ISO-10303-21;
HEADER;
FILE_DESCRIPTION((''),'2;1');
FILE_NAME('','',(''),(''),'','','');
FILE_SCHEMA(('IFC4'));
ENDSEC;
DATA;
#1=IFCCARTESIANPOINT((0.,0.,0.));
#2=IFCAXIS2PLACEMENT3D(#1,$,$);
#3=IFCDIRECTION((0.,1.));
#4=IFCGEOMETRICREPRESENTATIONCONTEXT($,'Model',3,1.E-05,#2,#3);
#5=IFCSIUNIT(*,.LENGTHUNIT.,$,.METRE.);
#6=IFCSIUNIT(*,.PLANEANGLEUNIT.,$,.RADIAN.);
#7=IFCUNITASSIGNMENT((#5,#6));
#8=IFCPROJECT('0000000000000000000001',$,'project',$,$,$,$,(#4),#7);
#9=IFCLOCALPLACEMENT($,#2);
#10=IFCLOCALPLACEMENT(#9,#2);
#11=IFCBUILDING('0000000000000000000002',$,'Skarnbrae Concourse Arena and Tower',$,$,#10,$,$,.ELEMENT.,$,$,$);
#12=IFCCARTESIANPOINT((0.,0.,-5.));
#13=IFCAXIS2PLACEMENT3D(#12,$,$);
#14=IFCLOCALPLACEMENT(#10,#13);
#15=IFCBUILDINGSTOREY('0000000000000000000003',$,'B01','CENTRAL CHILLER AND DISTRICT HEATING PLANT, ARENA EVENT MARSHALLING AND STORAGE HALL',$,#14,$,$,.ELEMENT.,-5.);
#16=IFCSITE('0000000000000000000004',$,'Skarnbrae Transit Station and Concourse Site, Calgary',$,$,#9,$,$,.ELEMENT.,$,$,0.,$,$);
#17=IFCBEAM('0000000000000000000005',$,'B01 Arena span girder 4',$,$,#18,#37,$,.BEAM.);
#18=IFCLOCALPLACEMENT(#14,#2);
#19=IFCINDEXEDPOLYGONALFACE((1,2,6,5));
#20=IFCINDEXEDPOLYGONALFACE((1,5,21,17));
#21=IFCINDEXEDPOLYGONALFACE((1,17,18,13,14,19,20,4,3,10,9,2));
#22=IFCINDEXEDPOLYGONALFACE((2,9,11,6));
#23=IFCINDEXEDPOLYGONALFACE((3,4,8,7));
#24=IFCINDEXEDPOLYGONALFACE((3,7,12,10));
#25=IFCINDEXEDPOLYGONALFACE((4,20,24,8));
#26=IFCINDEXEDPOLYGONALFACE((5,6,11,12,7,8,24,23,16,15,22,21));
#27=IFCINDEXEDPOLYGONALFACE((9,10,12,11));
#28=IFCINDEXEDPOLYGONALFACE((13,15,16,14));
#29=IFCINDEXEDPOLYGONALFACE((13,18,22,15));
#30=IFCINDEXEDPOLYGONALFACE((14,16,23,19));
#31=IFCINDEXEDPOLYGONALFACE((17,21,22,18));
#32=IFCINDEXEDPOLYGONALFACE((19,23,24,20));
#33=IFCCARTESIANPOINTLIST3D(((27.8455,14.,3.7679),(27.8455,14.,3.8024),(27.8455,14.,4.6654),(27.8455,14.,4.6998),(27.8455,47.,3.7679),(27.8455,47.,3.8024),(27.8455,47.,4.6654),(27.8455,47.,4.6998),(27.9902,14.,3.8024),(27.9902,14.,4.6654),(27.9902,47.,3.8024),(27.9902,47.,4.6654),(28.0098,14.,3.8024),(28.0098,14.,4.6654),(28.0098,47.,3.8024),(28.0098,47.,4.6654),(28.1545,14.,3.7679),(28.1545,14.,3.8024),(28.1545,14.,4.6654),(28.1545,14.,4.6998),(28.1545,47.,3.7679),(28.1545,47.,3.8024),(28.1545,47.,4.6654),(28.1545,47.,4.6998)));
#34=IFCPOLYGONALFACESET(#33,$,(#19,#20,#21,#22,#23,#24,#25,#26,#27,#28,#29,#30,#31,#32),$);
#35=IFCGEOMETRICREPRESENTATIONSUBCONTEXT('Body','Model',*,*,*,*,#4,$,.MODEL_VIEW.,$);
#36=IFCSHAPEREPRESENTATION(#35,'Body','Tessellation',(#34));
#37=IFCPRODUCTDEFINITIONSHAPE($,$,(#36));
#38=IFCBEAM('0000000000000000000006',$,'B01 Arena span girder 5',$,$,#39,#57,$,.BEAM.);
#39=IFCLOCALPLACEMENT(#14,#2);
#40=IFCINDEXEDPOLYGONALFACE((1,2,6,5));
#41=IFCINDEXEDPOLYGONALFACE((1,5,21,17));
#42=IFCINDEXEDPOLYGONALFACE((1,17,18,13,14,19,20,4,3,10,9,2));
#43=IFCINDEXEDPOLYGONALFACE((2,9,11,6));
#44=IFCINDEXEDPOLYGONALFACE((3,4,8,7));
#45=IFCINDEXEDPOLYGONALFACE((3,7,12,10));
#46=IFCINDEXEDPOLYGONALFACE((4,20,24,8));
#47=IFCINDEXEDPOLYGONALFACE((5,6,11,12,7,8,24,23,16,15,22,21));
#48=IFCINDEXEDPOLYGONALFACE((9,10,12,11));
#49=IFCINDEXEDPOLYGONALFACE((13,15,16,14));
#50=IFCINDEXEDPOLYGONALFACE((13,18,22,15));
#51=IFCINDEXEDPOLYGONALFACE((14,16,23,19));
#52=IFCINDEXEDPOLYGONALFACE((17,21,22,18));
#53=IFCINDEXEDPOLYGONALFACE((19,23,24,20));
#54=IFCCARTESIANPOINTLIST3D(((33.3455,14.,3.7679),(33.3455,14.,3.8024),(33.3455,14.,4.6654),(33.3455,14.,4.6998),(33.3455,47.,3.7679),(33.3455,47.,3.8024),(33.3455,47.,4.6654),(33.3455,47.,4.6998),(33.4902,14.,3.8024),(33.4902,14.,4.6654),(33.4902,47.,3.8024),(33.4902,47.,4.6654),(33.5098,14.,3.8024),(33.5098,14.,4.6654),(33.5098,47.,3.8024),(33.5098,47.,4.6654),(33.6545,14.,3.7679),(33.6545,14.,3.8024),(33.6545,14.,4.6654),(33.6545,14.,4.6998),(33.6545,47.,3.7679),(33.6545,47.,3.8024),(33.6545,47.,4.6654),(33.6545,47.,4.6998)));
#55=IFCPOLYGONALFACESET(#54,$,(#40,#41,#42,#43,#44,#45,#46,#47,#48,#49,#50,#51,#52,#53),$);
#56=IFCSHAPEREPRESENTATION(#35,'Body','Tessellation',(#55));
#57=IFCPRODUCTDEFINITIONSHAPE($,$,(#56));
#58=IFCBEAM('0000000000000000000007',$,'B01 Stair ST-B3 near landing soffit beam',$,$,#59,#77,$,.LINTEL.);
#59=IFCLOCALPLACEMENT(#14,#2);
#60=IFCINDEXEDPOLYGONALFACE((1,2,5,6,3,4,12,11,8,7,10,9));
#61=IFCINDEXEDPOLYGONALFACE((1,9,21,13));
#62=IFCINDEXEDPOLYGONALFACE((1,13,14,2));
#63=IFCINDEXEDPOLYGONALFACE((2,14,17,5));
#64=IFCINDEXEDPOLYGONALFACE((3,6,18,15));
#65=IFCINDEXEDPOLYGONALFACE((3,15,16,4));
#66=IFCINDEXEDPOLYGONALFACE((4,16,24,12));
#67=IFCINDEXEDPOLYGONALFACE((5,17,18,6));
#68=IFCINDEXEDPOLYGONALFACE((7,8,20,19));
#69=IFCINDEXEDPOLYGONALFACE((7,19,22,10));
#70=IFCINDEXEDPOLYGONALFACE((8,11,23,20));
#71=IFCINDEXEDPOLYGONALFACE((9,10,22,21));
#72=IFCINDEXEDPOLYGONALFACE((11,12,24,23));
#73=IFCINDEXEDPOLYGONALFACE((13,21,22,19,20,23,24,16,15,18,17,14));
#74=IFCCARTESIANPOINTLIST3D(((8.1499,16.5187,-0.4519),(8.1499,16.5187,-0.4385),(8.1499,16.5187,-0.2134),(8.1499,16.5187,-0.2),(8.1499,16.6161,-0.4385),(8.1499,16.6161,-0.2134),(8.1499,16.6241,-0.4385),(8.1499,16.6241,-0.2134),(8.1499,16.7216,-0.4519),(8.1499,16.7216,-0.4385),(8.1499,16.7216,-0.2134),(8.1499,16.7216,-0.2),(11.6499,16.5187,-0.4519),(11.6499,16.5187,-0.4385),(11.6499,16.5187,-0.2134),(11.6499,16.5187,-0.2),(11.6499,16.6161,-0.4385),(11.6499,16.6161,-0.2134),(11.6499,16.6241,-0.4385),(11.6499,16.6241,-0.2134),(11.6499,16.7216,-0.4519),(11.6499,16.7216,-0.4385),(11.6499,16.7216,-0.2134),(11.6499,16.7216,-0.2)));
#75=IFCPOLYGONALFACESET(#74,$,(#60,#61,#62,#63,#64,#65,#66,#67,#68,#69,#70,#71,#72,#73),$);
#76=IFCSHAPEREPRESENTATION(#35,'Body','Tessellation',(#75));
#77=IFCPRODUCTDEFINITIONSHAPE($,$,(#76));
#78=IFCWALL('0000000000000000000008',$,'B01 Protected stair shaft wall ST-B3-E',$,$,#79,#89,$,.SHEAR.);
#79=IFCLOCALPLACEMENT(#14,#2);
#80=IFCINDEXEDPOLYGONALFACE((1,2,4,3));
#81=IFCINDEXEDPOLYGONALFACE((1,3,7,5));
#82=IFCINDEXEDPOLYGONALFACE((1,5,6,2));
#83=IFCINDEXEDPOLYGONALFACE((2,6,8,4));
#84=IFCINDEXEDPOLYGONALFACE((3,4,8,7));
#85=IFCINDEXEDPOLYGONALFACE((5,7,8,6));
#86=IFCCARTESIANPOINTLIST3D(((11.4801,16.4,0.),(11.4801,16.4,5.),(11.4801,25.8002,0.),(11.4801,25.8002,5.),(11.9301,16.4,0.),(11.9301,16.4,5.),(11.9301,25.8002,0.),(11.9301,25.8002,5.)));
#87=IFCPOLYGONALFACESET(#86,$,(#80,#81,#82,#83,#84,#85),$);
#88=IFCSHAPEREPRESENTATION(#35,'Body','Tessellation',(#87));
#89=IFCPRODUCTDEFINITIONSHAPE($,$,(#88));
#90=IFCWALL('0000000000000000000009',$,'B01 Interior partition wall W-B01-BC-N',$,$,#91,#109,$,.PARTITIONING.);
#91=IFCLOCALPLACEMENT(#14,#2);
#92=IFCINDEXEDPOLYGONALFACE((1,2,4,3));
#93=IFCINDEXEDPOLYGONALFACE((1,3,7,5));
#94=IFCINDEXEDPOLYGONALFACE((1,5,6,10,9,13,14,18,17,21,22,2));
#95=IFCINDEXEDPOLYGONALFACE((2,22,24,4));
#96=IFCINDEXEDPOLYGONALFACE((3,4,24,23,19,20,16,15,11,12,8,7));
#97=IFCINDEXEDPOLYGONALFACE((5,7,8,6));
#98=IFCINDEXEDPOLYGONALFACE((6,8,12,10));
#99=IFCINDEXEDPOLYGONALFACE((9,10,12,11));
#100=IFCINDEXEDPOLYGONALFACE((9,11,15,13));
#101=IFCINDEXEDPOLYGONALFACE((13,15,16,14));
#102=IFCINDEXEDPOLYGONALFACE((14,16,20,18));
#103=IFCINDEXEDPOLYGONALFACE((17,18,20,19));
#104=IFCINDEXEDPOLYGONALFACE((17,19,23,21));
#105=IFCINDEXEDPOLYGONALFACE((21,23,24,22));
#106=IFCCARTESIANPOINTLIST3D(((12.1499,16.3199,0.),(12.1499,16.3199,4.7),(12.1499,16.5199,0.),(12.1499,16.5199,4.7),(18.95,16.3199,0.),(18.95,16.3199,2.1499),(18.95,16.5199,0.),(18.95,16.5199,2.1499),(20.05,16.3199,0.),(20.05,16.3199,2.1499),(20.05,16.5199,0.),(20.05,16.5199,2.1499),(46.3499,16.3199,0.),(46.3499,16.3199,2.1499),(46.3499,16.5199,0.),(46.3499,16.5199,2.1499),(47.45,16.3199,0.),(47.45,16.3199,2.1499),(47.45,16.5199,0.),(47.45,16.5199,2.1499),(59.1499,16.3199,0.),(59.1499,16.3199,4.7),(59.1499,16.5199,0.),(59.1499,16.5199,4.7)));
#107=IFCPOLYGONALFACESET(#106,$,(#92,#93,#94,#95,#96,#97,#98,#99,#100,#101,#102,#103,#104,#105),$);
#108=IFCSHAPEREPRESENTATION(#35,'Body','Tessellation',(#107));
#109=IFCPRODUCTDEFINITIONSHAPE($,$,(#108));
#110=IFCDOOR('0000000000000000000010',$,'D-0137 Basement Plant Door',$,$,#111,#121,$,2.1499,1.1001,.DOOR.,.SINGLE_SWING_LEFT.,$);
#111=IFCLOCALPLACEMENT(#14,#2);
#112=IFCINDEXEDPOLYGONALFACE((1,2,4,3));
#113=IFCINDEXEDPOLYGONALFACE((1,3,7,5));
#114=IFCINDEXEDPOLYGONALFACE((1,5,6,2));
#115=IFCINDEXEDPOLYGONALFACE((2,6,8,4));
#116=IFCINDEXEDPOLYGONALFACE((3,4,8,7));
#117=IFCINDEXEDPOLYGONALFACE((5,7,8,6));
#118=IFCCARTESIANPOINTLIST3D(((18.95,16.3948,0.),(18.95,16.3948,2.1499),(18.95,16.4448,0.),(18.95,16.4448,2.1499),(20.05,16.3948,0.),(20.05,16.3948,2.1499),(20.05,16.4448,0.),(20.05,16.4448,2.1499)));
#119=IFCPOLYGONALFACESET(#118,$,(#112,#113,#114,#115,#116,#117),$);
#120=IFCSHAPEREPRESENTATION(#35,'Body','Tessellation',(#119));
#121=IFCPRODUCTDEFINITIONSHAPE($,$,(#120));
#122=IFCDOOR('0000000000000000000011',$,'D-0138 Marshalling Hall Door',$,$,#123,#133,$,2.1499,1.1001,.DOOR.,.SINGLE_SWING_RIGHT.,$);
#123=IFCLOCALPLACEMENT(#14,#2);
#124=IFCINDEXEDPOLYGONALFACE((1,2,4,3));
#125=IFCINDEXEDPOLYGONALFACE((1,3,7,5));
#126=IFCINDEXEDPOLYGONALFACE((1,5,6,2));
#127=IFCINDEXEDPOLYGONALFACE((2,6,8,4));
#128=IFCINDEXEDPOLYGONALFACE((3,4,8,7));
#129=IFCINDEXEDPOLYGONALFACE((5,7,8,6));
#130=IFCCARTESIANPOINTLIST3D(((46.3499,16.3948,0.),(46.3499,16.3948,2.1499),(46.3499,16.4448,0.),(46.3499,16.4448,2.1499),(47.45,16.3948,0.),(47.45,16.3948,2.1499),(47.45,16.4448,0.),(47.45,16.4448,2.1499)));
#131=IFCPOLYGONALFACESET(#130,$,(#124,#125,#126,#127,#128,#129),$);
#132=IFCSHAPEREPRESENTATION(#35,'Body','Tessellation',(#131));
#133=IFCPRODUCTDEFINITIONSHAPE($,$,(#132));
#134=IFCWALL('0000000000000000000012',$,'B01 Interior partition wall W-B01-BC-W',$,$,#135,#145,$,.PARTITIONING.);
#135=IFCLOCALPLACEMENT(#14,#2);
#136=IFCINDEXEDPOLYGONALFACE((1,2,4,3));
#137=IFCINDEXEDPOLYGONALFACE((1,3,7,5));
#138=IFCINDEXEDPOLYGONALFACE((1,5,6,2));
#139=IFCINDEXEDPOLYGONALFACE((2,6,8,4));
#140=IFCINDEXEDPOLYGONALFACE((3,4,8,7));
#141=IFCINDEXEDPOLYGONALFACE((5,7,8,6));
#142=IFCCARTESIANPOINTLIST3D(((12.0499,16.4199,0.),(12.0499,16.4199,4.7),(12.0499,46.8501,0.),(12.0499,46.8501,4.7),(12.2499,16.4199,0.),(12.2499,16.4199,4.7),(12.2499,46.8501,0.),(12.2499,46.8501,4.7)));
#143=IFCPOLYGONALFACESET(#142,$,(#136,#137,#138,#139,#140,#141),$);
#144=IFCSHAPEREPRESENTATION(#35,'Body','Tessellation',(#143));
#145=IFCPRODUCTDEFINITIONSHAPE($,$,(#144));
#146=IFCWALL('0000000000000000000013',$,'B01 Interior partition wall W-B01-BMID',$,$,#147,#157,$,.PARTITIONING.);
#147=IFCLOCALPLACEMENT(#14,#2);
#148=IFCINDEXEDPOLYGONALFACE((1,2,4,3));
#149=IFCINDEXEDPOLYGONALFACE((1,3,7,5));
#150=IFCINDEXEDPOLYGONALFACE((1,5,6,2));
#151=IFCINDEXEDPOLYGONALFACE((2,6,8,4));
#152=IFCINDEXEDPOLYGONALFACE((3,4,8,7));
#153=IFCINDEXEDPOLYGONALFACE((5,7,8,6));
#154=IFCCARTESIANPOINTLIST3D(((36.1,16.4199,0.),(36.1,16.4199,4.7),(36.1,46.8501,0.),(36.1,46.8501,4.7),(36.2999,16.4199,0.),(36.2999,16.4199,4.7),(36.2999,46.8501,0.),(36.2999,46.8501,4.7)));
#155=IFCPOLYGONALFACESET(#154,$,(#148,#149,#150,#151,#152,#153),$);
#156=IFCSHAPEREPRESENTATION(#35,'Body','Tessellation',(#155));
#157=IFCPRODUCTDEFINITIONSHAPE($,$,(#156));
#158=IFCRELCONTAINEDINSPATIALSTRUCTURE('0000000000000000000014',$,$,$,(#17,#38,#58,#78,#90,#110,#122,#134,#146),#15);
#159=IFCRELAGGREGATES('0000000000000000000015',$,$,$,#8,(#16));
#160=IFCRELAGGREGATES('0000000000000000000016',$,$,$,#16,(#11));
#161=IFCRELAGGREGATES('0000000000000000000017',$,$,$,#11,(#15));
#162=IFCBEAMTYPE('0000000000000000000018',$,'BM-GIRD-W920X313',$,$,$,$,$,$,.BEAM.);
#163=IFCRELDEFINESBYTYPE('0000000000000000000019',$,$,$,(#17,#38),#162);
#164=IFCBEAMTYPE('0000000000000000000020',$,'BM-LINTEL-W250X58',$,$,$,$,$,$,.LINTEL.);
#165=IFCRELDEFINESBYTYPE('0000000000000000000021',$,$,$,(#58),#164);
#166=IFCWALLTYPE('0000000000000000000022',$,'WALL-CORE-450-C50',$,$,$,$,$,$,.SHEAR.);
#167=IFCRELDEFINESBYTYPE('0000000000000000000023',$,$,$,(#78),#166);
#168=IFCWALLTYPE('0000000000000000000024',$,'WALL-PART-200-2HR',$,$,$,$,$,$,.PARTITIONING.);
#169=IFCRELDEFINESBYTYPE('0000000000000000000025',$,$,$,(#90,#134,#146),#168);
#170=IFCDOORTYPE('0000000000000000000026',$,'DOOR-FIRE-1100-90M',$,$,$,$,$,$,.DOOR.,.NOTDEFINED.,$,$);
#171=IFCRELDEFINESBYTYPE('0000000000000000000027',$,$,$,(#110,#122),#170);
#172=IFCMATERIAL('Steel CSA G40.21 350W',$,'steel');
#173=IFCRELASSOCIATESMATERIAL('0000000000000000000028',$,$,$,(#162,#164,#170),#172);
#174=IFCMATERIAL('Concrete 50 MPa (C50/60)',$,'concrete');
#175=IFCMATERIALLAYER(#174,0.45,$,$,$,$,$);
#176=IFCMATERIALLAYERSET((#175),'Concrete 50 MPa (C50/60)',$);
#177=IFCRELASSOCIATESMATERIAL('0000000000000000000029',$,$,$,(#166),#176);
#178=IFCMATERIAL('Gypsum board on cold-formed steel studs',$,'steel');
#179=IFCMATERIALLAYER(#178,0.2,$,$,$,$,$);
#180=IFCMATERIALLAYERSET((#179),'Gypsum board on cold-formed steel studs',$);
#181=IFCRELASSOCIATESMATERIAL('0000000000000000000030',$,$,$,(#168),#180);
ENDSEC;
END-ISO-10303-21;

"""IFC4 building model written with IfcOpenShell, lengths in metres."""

from ifc_helpers import new_model, si_unit, direction, frame, frame_2d, origin, origin_2d, place, context, subcontext, project, spatial, rectangle, i_section, extrude, source, transform, mapped, material, layer, layer_set, material_profile, profile_set, type_object, element, fill, save


model = new_model("IFC4")

# Units and contexts
model_context = context("Model", 3, precision=1e-05, world=origin(), true_north=direction((0.0, 1.0)))
body_context = subcontext(model_context, "Body", "Model", "MODEL_VIEW")
ifc_project = project(units=[si_unit("LENGTHUNIT", "METRE"), si_unit("PLANEANGLEUNIT", "RADIAN")], contexts=[model_context])

# Site, building, storey
site_placement = place(None, origin())
site = spatial("IfcSite", under=ifc_project, at=site_placement, Name="Skarnbrae Transit Station and Concourse Site, Calgary", CompositionType="ELEMENT", RefElevation=0.0)
building_placement = place(site_placement, origin())
building = spatial("IfcBuilding", under=site, at=building_placement, Name="Skarnbrae Concourse Arena and Tower", CompositionType="ELEMENT")
storey_placement = place(building_placement, frame((0.0, 0.0, -5.0)))
storey = spatial("IfcBuildingStorey", under=building, at=storey_placement, Name="B01", Description="CENTRAL CHILLER AND DISTRICT HEATING PLANT, ARENA EVENT MARSHALLING AND STORAGE HALL", CompositionType="ELEMENT", Elevation=-5.0)

# Shared definitions
ifc_material_1 = material(Name="Steel CSA G40.21 350W", Category="steel")

# Beams
ifc_material_profile_1 = material_profile(ifc_material_1, i_section(OverallWidth=0.3091, OverallDepth=0.9319, WebThickness=0.0195, FlangeThickness=0.0344, at=origin_2d()), Name="W920X313")
ifc_profile_set_1 = profile_set([ifc_material_profile_1], Name="Steel CSA G40.21 350W")
beam_type_1 = type_object("IfcBeamType", Name="BM-GIRD-W920X313", PredefinedType="BEAM", material=ifc_profile_set_1)
shared_shape_1 = source(origin(), body_context, "Body", "SweptSolid", [
    extrude(i_section(OverallWidth=0.3091, OverallDepth=0.9319, WebThickness=0.0195, FlangeThickness=0.0344, at=origin_2d()), origin(), (0.0, 0.0, 1.0), 33.0),
])
for number, where, z_axis, x_axis, name in (
    (1, (28.0, 14.0, 4.2339), (0.0, 1.0, 0.0), (-1.0, 0.0, 0.0), "B01 Arena span girder 4"),
    (2, (33.5, 14.0, 4.2339), (0.0, 1.0, 0.0), (-1.0, 0.0, 0.0), "B01 Arena span girder 5"),
):
    element("IfcBeam", number, at=place(storey_placement, frame(where, z_axis=z_axis, x_axis=x_axis)), inside=storey, type_object=beam_type_1, Name=name, PredefinedType="BEAM", context=body_context, shape_type="MappedRepresentation", body=[
        mapped(shared_shape_1, transform((0.0, 0.0, 0.0))),
    ])
ifc_material_profile_2 = material_profile(ifc_material_1, i_section(OverallWidth=0.2029, OverallDepth=0.252, WebThickness=0.0081, FlangeThickness=0.0134, at=origin_2d()), Name="W250X58")
ifc_profile_set_2 = profile_set([ifc_material_profile_2], Name="Steel CSA G40.21 350W")
beam_type_2 = type_object("IfcBeamType", Name="BM-LINTEL-W250X58", PredefinedType="LINTEL", material=ifc_profile_set_2)
shared_shape_2 = source(origin(), body_context, "Body", "SweptSolid", [
    extrude(i_section(OverallWidth=0.2029, OverallDepth=0.252, WebThickness=0.0081, FlangeThickness=0.0134, at=origin_2d()), origin(), (0.0, 0.0, 1.0), 3.5),
])
beam_1_placement = place(storey_placement, frame((11.6499, 16.6201, -0.3259), z_axis=(-1.0, 0.0, 0.0), x_axis=(0.0, -1.0, 0.0)))
element("IfcBeam", 3, at=beam_1_placement, inside=storey, type_object=beam_type_2, Name="B01 Stair ST-B3 near landing soffit beam", PredefinedType="LINTEL", context=body_context, shape_type="MappedRepresentation", body=[
    mapped(shared_shape_2, transform((0.0, 0.0, 0.0))),
])

# Wall
ifc_material_2 = material(Name="Concrete 50 MPa (C50/60)", Category="concrete")
ifc_layer_1 = layer(ifc_material_2, 0.45)
ifc_layer_set_1 = layer_set([ifc_layer_1], Name="Concrete 50 MPa (C50/60)")
wall_type_1 = type_object("IfcWallType", Name="WALL-CORE-450-C50", PredefinedType="SHEAR", material=ifc_layer_set_1)
shared_shape_3 = source(origin(), body_context, "Body", "SweptSolid", [
    extrude(rectangle(XDim=9.4001, YDim=0.45, at=frame_2d((4.7002, 0.0))), origin(), (0.0, 0.0, 1.0), 5.0),
])
wall_1_placement = place(storey_placement, frame((11.7051, 16.3999, 0.0), z_axis=(0.0, 0.0, 1.0), x_axis=(0.0, 1.0, 0.0)))
element("IfcWall", 4, at=wall_1_placement, inside=storey, type_object=wall_type_1, Name="B01 Protected stair shaft wall ST-B3-E", PredefinedType="SHEAR", context=body_context, shape_type="MappedRepresentation", body=[
    mapped(shared_shape_3, transform((0.0, 0.0, 0.0))),
])

# Wall, openings, doors
ifc_material_3 = material(Name="Gypsum board on cold-formed steel studs", Category="steel")
ifc_layer_2 = layer(ifc_material_3, 0.2)
ifc_layer_set_2 = layer_set([ifc_layer_2], Name="Gypsum board on cold-formed steel studs")
wall_type_2 = type_object("IfcWallType", Name="WALL-PART-200-2HR", PredefinedType="PARTITIONING", material=ifc_layer_set_2)
shared_shape_4 = source(origin(), body_context, "Body", "SweptSolid", [
    extrude(rectangle(XDim=47.0, YDim=0.2, at=frame_2d((23.5, 0.0))), origin(), (0.0, 0.0, 1.0), 4.7),
])
wall_2_placement = place(storey_placement, frame((12.1499, 16.4199, 0.0), z_axis=(0.0, 0.0, 1.0), x_axis=(1.0, 0.0, 0.0)))
wall_2 = element("IfcWall", 5, at=wall_2_placement, inside=storey, type_object=wall_type_2, Name="B01 Interior partition wall W-B01-BC-N", PredefinedType="PARTITIONING", context=body_context, shape_type="MappedRepresentation", body=[
    mapped(shared_shape_4, transform((0.0, 0.0, 0.0))),
])
opening_1_placement = place(wall_2_placement, frame((6.8, 0.0, 0.0)))
opening_1 = element("IfcOpeningElement", 6, at=opening_1_placement, cuts=wall_2, PredefinedType="OPENING", context=body_context, shape_type="SweptSolid", body=[
    extrude(rectangle(XDim=1.1001, YDim=2.1499, at=frame_2d((0.55, 1.075))), frame((0.0, 0.1099, 0.0), z_axis=(0.0, -1.0, 0.0), x_axis=(1.0, 0.0, 0.0)), (0.0, 0.0, 1.0), 0.22),
])
opening_2_placement = place(wall_2_placement, frame((34.2, 0.0, 0.0)))
opening_2 = element("IfcOpeningElement", 7, at=opening_2_placement, cuts=wall_2, PredefinedType="OPENING", context=body_context, shape_type="SweptSolid", body=[
    extrude(rectangle(XDim=1.1001, YDim=2.1499, at=frame_2d((0.55, 1.075))), frame((0.0, 0.1099, 0.0), z_axis=(0.0, -1.0, 0.0), x_axis=(1.0, 0.0, 0.0)), (0.0, 0.0, 1.0), 0.22),
])
door_type = type_object("IfcDoorType", Name="DOOR-FIRE-1100-90M", OperationType="NOTDEFINED", PredefinedType="DOOR", material=ifc_material_1)
shared_shape_5 = source(origin(), body_context, "Body", "SweptSolid", [
    extrude(rectangle(XDim=1.1001, YDim=2.1499, at=frame_2d((0.55, 1.075))), frame((0.0, 0.0249, 0.0), z_axis=(0.0, -1.0, 0.0), x_axis=(1.0, 0.0, 0.0)), (0.0, 0.0, 1.0), 0.05),
])
door_1_placement = place(opening_1_placement, origin())
door_1 = element("IfcDoor", 8, at=door_1_placement, inside=storey, type_object=door_type, Name="D-0137 Basement Plant Door", OperationType="SINGLE_SWING_LEFT", OverallHeight=2.1499, OverallWidth=1.1001, PredefinedType="DOOR", context=body_context, shape_type="MappedRepresentation", body=[
    mapped(shared_shape_5, transform((0.0, 0.0, 0.0))),
])
fill(opening_1, door_1)
door_2_placement = place(opening_2_placement, origin())
door_2 = element("IfcDoor", 9, at=door_2_placement, inside=storey, type_object=door_type, Name="D-0138 Marshalling Hall Door", OperationType="SINGLE_SWING_RIGHT", OverallHeight=2.1499, OverallWidth=1.1001, PredefinedType="DOOR", context=body_context, shape_type="MappedRepresentation", body=[
    mapped(shared_shape_5, transform((0.0, 0.0, 0.0))),
])
fill(opening_2, door_2)

# Walls
shared_shape_6 = source(origin(), body_context, "Body", "SweptSolid", [
    extrude(rectangle(XDim=30.4302, YDim=0.2, at=frame_2d((15.2151, 0.0))), origin(), (0.0, 0.0, 1.0), 4.7),
])
for number, where, z_axis, x_axis, name in (
    (10, (12.1499, 16.4199, 0.0), (0.0, 0.0, 1.0), (0.0, 1.0, 0.0), "B01 Interior partition wall W-B01-BC-W"),
    (11, (36.2, 16.4199, 0.0), (0.0, 0.0, 1.0), (0.0, 1.0, 0.0), "B01 Interior partition wall W-B01-BMID"),
):
    element("IfcWall", number, at=place(storey_placement, frame(where, z_axis=z_axis, x_axis=x_axis)), inside=storey, type_object=wall_type_2, Name=name, PredefinedType="PARTITIONING", context=body_context, shape_type="MappedRepresentation", body=[
        mapped(shared_shape_6, transform((0.0, 0.0, 0.0))),
    ])

save(model, "model.ifc")
